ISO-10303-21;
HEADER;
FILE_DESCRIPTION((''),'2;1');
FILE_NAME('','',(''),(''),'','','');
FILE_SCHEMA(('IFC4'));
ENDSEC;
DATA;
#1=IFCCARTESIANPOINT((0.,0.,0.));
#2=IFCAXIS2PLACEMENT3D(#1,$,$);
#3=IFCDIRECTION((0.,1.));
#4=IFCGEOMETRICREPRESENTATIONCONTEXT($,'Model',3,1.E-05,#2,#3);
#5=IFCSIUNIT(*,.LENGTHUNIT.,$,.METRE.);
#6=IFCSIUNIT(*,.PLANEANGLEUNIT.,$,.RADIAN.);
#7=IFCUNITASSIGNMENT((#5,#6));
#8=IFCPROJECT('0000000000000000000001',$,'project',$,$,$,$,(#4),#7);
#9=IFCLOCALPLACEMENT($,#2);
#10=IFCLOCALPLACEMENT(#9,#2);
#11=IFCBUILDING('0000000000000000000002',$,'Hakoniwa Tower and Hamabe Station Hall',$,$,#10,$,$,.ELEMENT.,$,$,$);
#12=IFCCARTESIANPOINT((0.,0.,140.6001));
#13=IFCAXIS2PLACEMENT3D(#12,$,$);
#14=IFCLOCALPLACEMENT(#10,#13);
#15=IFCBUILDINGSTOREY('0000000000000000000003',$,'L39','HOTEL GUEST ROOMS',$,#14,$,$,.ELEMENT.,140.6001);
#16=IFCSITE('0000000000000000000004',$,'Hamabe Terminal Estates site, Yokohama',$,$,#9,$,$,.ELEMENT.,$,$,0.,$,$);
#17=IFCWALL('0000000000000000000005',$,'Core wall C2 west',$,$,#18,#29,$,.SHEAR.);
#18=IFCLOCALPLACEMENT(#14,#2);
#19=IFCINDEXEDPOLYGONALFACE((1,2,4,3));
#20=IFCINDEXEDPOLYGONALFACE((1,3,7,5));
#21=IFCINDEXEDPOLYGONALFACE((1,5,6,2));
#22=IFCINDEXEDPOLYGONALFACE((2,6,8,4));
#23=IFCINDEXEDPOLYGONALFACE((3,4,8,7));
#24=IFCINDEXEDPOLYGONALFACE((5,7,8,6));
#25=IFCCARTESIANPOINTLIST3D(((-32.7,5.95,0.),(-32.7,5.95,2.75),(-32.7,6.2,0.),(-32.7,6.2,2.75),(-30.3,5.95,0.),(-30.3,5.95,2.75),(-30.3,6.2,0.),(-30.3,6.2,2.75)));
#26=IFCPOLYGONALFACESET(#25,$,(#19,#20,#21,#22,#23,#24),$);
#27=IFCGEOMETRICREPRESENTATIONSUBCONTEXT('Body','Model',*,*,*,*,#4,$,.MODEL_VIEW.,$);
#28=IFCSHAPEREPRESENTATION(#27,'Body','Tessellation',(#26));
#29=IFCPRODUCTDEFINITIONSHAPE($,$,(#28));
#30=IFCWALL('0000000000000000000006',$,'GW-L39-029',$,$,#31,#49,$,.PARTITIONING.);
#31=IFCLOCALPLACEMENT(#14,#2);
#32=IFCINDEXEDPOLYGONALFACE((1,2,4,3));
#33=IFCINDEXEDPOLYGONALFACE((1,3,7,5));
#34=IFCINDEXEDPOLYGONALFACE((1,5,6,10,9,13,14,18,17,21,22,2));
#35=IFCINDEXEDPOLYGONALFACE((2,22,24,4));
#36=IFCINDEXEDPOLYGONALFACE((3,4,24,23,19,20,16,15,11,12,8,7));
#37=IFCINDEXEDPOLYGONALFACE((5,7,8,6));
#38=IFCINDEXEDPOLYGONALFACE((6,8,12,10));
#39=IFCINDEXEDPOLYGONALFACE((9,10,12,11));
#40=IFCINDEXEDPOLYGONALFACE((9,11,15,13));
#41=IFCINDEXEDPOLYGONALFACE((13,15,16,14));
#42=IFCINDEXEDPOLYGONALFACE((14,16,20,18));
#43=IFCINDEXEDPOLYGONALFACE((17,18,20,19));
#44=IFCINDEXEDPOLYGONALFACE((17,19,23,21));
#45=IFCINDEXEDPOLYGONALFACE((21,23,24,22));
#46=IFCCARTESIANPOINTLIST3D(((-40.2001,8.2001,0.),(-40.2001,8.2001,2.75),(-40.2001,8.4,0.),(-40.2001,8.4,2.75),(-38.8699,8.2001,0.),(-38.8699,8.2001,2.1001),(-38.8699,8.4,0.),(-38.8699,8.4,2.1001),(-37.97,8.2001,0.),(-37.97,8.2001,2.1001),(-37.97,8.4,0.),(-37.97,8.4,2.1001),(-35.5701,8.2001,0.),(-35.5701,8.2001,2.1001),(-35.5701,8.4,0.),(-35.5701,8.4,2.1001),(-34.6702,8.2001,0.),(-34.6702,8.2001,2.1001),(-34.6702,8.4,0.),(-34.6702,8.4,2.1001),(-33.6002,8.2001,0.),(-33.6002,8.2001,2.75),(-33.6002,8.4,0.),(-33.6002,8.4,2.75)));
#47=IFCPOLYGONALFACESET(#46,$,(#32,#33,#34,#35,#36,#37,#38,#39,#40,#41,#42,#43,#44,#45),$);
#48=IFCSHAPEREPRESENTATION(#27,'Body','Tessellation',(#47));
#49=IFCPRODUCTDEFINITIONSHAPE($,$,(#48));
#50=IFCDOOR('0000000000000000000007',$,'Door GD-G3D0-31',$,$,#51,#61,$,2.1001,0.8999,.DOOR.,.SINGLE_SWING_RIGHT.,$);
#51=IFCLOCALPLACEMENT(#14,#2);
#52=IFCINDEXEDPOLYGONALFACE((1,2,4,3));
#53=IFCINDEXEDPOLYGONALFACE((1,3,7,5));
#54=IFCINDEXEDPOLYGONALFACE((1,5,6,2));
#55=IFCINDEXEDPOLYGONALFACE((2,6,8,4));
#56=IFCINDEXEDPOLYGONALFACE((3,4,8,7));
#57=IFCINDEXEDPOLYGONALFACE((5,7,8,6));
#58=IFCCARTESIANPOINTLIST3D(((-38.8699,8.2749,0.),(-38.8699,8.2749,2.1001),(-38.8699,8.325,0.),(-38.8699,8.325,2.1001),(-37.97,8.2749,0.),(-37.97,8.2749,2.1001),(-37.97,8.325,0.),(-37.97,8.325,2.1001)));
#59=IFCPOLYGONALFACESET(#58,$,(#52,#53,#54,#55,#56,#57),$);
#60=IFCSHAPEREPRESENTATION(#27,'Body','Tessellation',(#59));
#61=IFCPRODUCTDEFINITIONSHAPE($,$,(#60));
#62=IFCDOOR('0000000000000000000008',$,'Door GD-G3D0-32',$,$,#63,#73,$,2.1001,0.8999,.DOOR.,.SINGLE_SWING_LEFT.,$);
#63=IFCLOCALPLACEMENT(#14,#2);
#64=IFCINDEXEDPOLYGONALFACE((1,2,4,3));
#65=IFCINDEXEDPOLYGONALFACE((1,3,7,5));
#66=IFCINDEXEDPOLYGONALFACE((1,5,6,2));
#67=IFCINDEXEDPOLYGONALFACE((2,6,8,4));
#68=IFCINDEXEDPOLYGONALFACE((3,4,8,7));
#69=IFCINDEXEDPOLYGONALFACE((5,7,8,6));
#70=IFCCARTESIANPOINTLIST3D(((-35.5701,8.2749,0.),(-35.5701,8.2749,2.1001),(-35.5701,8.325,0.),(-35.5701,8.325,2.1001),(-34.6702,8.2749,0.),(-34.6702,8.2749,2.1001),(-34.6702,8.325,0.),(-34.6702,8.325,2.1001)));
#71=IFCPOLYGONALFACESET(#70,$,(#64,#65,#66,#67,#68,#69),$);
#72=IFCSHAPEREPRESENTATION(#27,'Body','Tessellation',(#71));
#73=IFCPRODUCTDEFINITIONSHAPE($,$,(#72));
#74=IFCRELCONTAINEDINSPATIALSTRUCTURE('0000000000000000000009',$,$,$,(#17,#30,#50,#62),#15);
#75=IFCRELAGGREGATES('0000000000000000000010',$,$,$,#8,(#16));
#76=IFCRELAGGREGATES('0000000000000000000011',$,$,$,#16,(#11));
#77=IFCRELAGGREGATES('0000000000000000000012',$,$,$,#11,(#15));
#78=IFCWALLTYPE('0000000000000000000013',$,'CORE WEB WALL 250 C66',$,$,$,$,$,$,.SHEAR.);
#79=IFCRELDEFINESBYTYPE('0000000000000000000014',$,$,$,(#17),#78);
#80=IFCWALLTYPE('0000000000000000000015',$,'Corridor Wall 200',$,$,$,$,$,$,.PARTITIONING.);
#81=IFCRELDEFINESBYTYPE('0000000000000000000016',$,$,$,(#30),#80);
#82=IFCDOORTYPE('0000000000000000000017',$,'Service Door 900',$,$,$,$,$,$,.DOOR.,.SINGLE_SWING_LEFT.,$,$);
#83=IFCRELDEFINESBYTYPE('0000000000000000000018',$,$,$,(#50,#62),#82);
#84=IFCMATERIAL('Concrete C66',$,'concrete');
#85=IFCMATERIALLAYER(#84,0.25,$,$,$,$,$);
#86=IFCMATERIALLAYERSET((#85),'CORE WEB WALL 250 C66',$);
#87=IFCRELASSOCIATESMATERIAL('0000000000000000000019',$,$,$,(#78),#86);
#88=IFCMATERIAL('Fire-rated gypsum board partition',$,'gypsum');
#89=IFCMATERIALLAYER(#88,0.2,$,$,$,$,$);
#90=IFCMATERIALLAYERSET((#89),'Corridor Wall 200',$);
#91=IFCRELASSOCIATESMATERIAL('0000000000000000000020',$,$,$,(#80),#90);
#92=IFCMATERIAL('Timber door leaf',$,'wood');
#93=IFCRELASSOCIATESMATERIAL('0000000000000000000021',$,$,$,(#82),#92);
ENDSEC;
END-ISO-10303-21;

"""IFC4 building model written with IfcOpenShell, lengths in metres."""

from ifc_helpers import new_model, si_unit, direction, frame, frame_2d, origin, place, context, subcontext, project, spatial, rectangle, extrude, material, layer, layer_set, type_object, element, fill, save


model = new_model("IFC4")

# Units and contexts
model_context = context("Model", 3, precision=1e-05, world=origin(), true_north=direction((0.0, 1.0)))
body_context = subcontext(model_context, "Body", "Model", "MODEL_VIEW")
ifc_project = project(units=[si_unit("LENGTHUNIT", "METRE"), si_unit("PLANEANGLEUNIT", "RADIAN")], contexts=[model_context])

# Site, building, storey
site_placement = place(None, origin())
site = spatial("IfcSite", under=ifc_project, at=site_placement, Name="Hamabe Terminal Estates site, Yokohama", CompositionType="ELEMENT", RefElevation=0.0)
building_placement = place(site_placement, origin())
building = spatial("IfcBuilding", under=site, at=building_placement, Name="Hakoniwa Tower and Hamabe Station Hall", CompositionType="ELEMENT")
storey_placement = place(building_placement, frame((0.0, 0.0, 140.6001)))
storey = spatial("IfcBuildingStorey", under=building, at=storey_placement, Name="L39", Description="HOTEL GUEST ROOMS", CompositionType="ELEMENT", Elevation=140.6001)

# Wall
ifc_material_1 = material(Name="Concrete C66", Category="concrete")
ifc_layer_1 = layer(ifc_material_1, 0.25)
ifc_layer_set_1 = layer_set([ifc_layer_1], Name="CORE WEB WALL 250 C66")
wall_type_1 = type_object("IfcWallType", Name="CORE WEB WALL 250 C66", PredefinedType="SHEAR", material=ifc_layer_set_1)
wall_1_placement = place(storey_placement, frame((-32.7, 6.075, 0.0), z_axis=(0.0, 0.0, 1.0), x_axis=(1.0, 0.0, 0.0)))
element("IfcWall", 1, at=wall_1_placement, inside=storey, type_object=wall_type_1, Name="Core wall C2 west", PredefinedType="SHEAR", context=body_context, shape_type="SweptSolid", body=[
    extrude(rectangle(XDim=2.3999, YDim=0.25, at=frame_2d((1.2, 0.0))), origin(), (0.0, 0.0, 1.0), 2.75),
])

# Wall, openings, doors
ifc_material_2 = material(Name="Fire-rated gypsum board partition", Category="gypsum")
ifc_layer_2 = layer(ifc_material_2, 0.2)
ifc_layer_set_2 = layer_set([ifc_layer_2], Name="Corridor Wall 200")
wall_type_2 = type_object("IfcWallType", Name="Corridor Wall 200", PredefinedType="PARTITIONING", material=ifc_layer_set_2)
wall_2_placement = place(storey_placement, frame((-40.2, 8.3, 0.0), z_axis=(0.0, 0.0, 1.0), x_axis=(1.0, 0.0, 0.0)))
wall_2 = element("IfcWall", 2, at=wall_2_placement, inside=storey, type_object=wall_type_2, Name="GW-L39-029", PredefinedType="PARTITIONING", context=body_context, shape_type="SweptSolid", body=[
    extrude(rectangle(XDim=6.5999, YDim=0.2, at=frame_2d((3.2998, 0.0))), origin(), (0.0, 0.0, 1.0), 2.75),
])
opening_1_placement = place(wall_2_placement, frame((1.3301, 0.0, 0.0)))
opening_1 = element("IfcOpeningElement", 3, at=opening_1_placement, cuts=wall_2, PredefinedType="OPENING", context=body_context, shape_type="SweptSolid", body=[
    extrude(rectangle(XDim=0.8999, YDim=2.1001, at=frame_2d((0.45, 1.05))), frame((0.0, 0.1099, 0.0), z_axis=(0.0, -1.0, 0.0), x_axis=(1.0, 0.0, 0.0)), (0.0, 0.0, 1.0), 0.22),
])
opening_2_placement = place(wall_2_placement, frame((4.6299, 0.0, 0.0)))
opening_2 = element("IfcOpeningElement", 4, at=opening_2_placement, cuts=wall_2, PredefinedType="OPENING", context=body_context, shape_type="SweptSolid", body=[
    extrude(rectangle(XDim=0.8999, YDim=2.1001, at=frame_2d((0.45, 1.05))), frame((0.0, 0.1099, 0.0), z_axis=(0.0, -1.0, 0.0), x_axis=(1.0, 0.0, 0.0)), (0.0, 0.0, 1.0), 0.22),
])
ifc_material_3 = material(Name="Timber door leaf", Category="wood")
door_type_1 = type_object("IfcDoorType", Name="Service Door 900", OperationType="SINGLE_SWING_LEFT", PredefinedType="DOOR", material=ifc_material_3)
door_1_placement = place(opening_1_placement, origin())
door_1 = element("IfcDoor", 5, at=door_1_placement, inside=storey, type_object=door_type_1, Name="Door GD-G3D0-31", OperationType="SINGLE_SWING_RIGHT", OverallHeight=2.1001, OverallWidth=0.8999, PredefinedType="DOOR", context=body_context, shape_type="SweptSolid", body=[
    extrude(rectangle(XDim=0.8999, YDim=2.1001, at=frame_2d((0.45, 1.05))), frame((0.0, 0.0249, 0.0), z_axis=(0.0, -1.0, 0.0), x_axis=(1.0, 0.0, 0.0)), (0.0, 0.0, 1.0), 0.05),
])
fill(opening_1, door_1)
door_2_placement = place(opening_2_placement, origin())
door_2 = element("IfcDoor", 6, at=door_2_placement, inside=storey, type_object=door_type_1, Name="Door GD-G3D0-32", OperationType="SINGLE_SWING_LEFT", OverallHeight=2.1001, OverallWidth=0.8999, PredefinedType="DOOR", context=body_context, shape_type="SweptSolid", body=[
    extrude(rectangle(XDim=0.8999, YDim=2.1001, at=frame_2d((0.45, 1.05))), frame((0.0, 0.0249, 0.0), z_axis=(0.0, -1.0, 0.0), x_axis=(1.0, 0.0, 0.0)), (0.0, 0.0, 1.0), 0.05),
])
fill(opening_2, door_2)

save(model, "model.ifc")
